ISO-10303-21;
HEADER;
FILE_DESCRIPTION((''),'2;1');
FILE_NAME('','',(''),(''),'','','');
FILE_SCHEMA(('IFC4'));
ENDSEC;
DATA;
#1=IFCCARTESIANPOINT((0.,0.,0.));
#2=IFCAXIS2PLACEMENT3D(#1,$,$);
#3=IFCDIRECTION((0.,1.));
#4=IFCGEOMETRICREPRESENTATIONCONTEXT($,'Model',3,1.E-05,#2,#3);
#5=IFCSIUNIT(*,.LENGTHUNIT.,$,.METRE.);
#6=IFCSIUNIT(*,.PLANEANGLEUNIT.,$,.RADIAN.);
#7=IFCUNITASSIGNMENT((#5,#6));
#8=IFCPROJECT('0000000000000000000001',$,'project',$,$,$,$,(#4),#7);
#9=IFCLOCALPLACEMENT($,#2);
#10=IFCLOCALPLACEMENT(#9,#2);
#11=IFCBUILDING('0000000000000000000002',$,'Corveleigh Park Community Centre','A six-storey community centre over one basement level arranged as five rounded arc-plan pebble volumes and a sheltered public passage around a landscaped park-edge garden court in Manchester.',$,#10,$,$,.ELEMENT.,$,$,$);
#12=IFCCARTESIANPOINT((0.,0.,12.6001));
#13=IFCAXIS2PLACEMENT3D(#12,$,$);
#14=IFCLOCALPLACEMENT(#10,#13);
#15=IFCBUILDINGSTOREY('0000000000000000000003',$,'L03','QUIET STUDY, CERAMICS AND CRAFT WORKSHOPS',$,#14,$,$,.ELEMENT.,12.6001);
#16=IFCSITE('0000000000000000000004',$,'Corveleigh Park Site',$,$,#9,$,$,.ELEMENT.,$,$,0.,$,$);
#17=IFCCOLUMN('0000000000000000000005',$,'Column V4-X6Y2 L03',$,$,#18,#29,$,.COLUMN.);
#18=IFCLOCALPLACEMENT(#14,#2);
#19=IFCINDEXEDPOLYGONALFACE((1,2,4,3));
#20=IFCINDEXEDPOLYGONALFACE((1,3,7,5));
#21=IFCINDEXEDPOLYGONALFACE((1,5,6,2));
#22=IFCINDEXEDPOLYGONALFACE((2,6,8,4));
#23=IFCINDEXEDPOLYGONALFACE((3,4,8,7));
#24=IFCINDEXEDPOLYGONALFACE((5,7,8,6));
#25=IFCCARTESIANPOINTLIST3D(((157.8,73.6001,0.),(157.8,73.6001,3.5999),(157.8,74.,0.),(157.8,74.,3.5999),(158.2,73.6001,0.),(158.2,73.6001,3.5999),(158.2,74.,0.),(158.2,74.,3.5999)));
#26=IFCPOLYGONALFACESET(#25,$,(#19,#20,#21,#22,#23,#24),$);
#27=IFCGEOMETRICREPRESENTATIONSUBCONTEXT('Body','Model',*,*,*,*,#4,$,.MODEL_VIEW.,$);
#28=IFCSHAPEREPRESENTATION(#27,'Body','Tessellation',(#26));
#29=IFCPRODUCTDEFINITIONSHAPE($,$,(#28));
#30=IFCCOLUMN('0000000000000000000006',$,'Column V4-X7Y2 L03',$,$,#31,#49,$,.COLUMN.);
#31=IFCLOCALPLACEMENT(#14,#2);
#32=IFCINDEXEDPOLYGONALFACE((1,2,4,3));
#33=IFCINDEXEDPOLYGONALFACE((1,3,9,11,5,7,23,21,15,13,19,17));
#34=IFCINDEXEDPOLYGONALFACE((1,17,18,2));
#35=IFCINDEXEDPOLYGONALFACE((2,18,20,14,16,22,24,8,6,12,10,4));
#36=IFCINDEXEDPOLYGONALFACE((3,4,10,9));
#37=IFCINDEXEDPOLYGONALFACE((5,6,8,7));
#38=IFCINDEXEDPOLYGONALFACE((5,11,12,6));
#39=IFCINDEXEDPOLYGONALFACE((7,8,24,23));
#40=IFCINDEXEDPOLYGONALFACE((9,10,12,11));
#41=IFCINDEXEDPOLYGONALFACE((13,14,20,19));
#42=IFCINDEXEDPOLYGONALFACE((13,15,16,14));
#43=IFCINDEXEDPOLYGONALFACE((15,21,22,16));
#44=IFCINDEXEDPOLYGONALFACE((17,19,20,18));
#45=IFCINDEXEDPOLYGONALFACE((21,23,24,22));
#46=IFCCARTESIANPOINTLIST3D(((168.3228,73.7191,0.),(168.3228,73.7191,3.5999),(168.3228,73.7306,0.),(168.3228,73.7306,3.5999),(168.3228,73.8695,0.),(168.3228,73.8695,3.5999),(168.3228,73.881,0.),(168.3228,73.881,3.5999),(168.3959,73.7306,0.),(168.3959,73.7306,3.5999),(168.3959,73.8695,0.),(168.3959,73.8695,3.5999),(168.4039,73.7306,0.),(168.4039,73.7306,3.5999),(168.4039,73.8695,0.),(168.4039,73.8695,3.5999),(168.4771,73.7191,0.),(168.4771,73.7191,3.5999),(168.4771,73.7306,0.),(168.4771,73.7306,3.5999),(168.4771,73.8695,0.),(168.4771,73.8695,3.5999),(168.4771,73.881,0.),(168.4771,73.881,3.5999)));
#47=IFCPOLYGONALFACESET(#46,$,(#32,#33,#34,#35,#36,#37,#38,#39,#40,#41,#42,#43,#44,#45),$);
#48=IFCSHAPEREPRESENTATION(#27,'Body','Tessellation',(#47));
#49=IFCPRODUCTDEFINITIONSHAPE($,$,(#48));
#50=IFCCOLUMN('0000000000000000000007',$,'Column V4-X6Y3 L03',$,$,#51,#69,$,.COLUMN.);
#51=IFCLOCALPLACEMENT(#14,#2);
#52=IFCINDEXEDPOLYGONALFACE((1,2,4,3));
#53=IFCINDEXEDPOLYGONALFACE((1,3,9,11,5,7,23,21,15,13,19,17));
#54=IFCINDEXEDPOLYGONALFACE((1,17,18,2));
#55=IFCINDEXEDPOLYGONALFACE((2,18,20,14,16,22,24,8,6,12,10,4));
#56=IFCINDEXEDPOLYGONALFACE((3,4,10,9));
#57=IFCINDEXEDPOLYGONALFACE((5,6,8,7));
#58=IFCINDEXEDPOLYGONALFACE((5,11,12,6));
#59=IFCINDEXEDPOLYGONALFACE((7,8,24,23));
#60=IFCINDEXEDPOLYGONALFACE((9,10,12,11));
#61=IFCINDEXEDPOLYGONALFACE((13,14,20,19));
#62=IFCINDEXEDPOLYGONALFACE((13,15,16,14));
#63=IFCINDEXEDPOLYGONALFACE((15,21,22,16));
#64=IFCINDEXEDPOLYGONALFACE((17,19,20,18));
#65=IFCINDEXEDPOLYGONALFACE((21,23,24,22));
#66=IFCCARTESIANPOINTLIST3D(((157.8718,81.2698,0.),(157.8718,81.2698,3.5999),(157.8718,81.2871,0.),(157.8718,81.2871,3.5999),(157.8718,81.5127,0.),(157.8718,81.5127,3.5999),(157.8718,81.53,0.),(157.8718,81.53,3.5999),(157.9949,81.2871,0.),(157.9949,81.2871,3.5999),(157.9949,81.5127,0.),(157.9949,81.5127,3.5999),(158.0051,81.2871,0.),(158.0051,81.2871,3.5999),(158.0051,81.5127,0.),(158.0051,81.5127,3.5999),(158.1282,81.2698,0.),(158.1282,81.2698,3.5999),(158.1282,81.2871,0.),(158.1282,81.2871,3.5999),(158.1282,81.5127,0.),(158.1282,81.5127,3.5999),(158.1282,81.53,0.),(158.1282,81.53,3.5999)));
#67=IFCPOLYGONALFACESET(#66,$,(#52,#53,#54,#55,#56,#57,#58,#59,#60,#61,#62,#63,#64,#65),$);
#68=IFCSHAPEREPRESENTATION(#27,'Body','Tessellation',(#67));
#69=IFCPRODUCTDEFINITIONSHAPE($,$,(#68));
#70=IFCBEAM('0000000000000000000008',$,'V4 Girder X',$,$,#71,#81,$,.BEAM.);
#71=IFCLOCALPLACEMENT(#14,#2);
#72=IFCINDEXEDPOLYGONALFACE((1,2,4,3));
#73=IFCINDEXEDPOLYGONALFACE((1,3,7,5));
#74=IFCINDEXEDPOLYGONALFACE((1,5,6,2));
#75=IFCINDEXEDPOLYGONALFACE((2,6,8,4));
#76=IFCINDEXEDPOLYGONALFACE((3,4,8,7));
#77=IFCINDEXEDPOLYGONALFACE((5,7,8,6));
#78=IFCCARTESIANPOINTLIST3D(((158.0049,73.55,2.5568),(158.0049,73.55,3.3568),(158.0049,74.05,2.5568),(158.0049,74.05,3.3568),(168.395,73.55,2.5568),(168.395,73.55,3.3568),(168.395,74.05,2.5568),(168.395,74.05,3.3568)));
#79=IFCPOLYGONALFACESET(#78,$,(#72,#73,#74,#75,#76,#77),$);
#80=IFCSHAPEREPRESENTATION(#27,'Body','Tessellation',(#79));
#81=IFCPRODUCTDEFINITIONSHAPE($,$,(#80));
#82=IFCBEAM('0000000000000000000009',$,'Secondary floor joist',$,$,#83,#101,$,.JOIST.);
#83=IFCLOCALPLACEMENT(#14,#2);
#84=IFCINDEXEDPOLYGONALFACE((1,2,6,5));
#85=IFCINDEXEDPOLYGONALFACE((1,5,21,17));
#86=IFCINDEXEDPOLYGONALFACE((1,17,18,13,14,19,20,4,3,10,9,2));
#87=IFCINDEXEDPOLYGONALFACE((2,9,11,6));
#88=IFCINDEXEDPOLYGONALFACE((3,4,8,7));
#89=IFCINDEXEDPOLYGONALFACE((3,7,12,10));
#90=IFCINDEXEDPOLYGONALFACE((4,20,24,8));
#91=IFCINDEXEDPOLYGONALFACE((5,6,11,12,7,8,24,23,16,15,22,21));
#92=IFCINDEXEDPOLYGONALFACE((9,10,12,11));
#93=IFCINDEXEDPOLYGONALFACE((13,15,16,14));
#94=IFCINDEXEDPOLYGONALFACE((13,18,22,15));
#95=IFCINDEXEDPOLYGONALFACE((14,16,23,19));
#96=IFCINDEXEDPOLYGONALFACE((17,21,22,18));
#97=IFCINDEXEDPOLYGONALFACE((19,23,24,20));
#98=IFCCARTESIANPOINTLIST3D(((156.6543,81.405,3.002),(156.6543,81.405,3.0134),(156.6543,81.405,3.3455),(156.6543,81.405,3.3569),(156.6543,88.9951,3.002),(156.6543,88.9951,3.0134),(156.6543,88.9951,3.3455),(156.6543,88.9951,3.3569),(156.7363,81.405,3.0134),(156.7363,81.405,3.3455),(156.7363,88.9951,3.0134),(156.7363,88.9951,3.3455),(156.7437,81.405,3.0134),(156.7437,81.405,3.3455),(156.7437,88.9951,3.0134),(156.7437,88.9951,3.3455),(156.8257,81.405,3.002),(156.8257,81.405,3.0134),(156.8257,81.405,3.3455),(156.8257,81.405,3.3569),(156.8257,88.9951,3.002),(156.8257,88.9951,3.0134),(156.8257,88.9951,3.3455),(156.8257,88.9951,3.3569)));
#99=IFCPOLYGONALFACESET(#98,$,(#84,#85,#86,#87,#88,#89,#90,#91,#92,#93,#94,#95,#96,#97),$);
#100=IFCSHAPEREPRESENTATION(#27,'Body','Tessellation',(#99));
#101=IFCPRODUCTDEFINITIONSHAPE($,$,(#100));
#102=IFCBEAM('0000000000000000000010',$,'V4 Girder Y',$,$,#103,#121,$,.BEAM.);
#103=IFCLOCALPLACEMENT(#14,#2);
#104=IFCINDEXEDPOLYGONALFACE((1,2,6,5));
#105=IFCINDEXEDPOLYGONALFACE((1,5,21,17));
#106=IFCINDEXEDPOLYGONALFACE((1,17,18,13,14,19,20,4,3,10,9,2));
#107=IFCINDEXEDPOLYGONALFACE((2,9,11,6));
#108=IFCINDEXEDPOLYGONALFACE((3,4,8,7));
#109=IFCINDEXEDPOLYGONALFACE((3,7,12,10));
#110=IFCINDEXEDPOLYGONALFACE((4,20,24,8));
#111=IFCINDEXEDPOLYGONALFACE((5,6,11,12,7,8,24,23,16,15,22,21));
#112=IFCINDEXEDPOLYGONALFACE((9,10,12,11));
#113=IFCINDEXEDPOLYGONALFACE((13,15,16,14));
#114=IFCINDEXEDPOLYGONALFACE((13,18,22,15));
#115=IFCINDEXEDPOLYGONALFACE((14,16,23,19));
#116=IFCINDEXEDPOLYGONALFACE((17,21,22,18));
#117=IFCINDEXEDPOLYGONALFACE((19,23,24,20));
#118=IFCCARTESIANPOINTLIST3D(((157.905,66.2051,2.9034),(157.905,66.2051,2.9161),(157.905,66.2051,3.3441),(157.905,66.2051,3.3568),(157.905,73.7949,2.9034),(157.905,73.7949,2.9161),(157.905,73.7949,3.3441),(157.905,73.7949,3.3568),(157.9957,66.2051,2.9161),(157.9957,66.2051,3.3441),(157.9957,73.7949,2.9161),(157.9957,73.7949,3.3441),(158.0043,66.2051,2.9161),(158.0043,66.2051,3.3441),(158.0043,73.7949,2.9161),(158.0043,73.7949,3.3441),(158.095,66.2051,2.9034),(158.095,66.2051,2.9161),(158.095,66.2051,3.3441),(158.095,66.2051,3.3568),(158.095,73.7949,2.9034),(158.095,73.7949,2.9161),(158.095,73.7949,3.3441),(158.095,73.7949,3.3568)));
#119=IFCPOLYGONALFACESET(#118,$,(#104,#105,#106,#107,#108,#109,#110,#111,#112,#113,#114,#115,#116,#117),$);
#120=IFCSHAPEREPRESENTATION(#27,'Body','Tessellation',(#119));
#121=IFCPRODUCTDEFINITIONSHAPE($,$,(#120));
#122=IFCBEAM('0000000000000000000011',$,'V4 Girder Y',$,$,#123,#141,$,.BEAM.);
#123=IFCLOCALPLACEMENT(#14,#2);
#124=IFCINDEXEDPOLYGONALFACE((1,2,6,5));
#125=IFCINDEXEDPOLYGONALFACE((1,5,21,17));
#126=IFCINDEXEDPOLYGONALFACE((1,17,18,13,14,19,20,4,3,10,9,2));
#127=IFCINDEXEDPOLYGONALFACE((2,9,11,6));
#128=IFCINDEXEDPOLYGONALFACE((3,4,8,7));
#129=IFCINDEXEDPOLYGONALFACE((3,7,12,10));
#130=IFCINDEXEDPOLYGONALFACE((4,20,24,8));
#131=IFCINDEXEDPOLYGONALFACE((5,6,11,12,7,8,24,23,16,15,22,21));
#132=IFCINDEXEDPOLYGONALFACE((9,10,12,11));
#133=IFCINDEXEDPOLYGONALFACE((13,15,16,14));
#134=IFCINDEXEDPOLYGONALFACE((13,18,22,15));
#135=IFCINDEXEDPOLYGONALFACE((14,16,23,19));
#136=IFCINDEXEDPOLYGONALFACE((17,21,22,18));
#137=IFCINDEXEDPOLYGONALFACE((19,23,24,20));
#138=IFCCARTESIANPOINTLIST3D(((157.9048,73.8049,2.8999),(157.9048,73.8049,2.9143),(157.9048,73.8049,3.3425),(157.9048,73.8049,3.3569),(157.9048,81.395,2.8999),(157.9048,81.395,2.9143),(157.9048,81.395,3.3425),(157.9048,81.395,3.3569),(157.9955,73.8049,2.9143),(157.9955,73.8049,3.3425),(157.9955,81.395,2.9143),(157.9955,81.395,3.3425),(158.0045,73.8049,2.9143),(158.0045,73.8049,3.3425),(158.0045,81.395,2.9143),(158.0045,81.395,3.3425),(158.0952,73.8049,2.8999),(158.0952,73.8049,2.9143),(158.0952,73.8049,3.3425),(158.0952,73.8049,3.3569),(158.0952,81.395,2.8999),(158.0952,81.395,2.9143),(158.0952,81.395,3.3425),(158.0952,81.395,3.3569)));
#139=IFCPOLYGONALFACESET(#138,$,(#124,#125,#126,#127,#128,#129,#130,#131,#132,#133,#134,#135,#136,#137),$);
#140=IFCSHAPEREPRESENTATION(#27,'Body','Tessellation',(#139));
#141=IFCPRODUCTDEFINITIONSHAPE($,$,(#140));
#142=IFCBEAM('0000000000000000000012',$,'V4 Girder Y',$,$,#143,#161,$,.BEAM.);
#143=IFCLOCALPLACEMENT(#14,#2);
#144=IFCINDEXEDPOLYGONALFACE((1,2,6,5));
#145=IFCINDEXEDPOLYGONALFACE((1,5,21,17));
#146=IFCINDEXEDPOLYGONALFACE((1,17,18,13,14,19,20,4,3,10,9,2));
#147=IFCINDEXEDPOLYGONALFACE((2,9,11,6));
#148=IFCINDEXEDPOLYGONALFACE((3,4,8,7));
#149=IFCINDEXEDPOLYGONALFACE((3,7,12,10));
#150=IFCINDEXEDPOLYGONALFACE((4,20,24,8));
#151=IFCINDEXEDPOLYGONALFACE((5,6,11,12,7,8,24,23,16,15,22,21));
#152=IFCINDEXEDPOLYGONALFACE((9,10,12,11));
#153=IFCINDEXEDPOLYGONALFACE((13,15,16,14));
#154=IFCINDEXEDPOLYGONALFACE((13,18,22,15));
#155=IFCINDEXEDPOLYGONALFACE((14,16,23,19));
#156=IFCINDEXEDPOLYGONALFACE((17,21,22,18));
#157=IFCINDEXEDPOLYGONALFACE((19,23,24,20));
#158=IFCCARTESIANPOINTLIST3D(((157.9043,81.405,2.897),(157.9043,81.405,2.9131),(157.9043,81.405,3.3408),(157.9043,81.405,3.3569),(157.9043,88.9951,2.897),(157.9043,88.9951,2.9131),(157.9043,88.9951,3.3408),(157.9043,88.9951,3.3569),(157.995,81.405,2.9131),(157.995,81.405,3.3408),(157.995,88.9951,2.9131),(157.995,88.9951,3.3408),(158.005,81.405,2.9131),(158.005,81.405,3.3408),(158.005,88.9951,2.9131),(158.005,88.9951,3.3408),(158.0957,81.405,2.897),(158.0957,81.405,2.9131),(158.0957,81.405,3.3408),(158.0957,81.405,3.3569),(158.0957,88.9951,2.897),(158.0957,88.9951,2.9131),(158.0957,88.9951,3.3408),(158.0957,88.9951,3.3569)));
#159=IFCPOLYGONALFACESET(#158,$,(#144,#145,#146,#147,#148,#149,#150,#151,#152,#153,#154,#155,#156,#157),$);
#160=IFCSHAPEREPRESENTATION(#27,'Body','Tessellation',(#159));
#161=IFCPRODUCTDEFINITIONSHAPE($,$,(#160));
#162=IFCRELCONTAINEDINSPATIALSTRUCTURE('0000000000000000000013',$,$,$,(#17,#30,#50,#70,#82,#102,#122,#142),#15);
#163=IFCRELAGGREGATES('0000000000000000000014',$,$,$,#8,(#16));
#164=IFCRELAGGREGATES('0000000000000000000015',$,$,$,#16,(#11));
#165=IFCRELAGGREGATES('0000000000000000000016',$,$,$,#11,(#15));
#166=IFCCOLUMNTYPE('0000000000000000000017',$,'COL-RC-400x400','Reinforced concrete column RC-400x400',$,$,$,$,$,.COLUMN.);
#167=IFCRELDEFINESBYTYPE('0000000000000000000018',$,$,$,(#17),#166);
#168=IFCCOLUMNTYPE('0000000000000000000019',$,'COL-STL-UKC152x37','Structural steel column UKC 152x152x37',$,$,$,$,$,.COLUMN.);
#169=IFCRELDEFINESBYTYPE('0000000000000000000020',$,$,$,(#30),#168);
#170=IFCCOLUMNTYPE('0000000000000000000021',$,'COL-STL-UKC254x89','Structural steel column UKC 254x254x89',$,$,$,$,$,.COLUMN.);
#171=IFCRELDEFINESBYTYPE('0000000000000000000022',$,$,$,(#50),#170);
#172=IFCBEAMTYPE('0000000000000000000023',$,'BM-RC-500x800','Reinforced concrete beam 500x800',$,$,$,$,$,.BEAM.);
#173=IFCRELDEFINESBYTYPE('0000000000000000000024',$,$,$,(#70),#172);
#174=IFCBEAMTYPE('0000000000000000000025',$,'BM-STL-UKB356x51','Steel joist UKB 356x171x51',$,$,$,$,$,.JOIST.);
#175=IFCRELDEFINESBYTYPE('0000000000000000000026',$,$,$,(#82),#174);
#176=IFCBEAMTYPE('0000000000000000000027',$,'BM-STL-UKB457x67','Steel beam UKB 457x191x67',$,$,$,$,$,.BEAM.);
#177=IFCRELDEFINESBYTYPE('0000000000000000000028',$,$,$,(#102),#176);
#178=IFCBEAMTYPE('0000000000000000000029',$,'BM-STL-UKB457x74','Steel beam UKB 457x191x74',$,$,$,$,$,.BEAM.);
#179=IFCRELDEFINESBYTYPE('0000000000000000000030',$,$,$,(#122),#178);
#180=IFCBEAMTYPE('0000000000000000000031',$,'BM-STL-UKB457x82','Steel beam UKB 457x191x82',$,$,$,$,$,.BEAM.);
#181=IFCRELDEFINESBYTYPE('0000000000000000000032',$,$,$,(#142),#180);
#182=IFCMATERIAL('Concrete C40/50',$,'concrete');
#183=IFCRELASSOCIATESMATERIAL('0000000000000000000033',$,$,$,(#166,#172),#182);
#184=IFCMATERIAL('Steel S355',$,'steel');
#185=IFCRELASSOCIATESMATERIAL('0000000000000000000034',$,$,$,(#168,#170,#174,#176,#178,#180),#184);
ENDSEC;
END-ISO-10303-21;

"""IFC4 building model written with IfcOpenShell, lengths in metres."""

from ifc_helpers import new_model, si_unit, direction, frame, origin, origin_2d, place, context, subcontext, project, spatial, rectangle, i_section, extrude, material, material_profile, profile_set, type_object, element, save


model = new_model("IFC4")

# Units and contexts
model_context = context("Model", 3, precision=1e-05, world=origin(), true_north=direction((0.0, 1.0)))
body_context = subcontext(model_context, "Body", "Model", "MODEL_VIEW")
ifc_project = project(units=[si_unit("LENGTHUNIT", "METRE"), si_unit("PLANEANGLEUNIT", "RADIAN")], contexts=[model_context])

# Site, building, storey
site_placement = place(None, origin())
site = spatial("IfcSite", under=ifc_project, at=site_placement, Name="Corveleigh Park Site", CompositionType="ELEMENT", RefElevation=0.0)
building_placement = place(site_placement, origin())
building = spatial("IfcBuilding", under=site, at=building_placement, Name="Corveleigh Park Community Centre", Description="A six-storey community centre over one basement level arranged as five rounded arc-plan pebble volumes and a sheltered public passage around a landscaped park-edge garden court in Manchester.", CompositionType="ELEMENT")
storey_placement = place(building_placement, frame((0.0, 0.0, 12.6001)))
storey = spatial("IfcBuildingStorey", under=building, at=storey_placement, Name="L03", Description="QUIET STUDY, CERAMICS AND CRAFT WORKSHOPS", CompositionType="ELEMENT", Elevation=12.6001)

# Columns
ifc_material_1 = material(Name="Concrete C40/50", Category="concrete")
ifc_material_profile_1 = material_profile(ifc_material_1, rectangle(XDim=0.3999, YDim=0.3999, at=origin_2d()), Name="RC-400x400", Category="concrete")
ifc_profile_set_1 = profile_set([ifc_material_profile_1], Name="Concrete C40/50")
column_type_1 = type_object("IfcColumnType", Name="COL-RC-400x400", Description="Reinforced concrete column RC-400x400", PredefinedType="COLUMN", material=ifc_profile_set_1)
column_1_placement = place(storey_placement, frame((158.0, 73.8, 0.0), z_axis=(0.0, 0.0, 1.0), x_axis=(1.0, 0.0, 0.0)))
element("IfcColumn", 1, at=column_1_placement, inside=storey, type_object=column_type_1, Name="Column V4-X6Y2 L03", PredefinedType="COLUMN", context=body_context, shape_type="SweptSolid", body=[
    extrude(rectangle(XDim=0.3999, YDim=0.3999, at=origin_2d()), origin(), (0.0, 0.0, 1.0), 3.5999),
])
ifc_material_2 = material(Name="Steel S355", Category="steel")
ifc_material_profile_2 = material_profile(ifc_material_2, i_section(OverallWidth=0.1543, OverallDepth=0.1619, WebThickness=0.0081, FlangeThickness=0.0115, at=origin_2d()), Name="UKC 152x152x37", Category="steel")
ifc_profile_set_2 = profile_set([ifc_material_profile_2], Name="Steel S355")
column_type_2 = type_object("IfcColumnType", Name="COL-STL-UKC152x37", Description="Structural steel column UKC 152x152x37", PredefinedType="COLUMN", material=ifc_profile_set_2)
column_2_placement = place(storey_placement, frame((168.3999, 73.8, 0.0), z_axis=(0.0, 0.0, 1.0), x_axis=(1.0, 0.0, 0.0)))
element("IfcColumn", 2, at=column_2_placement, inside=storey, type_object=column_type_2, Name="Column V4-X7Y2 L03", PredefinedType="COLUMN", context=body_context, shape_type="SweptSolid", body=[
    extrude(i_section(OverallWidth=0.1543, OverallDepth=0.1619, WebThickness=0.0081, FlangeThickness=0.0115, at=origin_2d()), origin(), (0.0, 0.0, 1.0), 3.5999),
])
ifc_material_profile_3 = material_profile(ifc_material_2, i_section(OverallWidth=0.2563, OverallDepth=0.2603, WebThickness=0.0103, FlangeThickness=0.0173, at=origin_2d()), Name="UKC 254x254x89", Category="steel")
ifc_profile_set_3 = profile_set([ifc_material_profile_3], Name="Steel S355")
column_type_3 = type_object("IfcColumnType", Name="COL-STL-UKC254x89", Description="Structural steel column UKC 254x254x89", PredefinedType="COLUMN", material=ifc_profile_set_3)
column_3_placement = place(storey_placement, frame((158.0, 81.3999, 0.0), z_axis=(0.0, 0.0, 1.0), x_axis=(1.0, 0.0, 0.0)))
element("IfcColumn", 3, at=column_3_placement, inside=storey, type_object=column_type_3, Name="Column V4-X6Y3 L03", PredefinedType="COLUMN", context=body_context, shape_type="SweptSolid", body=[
    extrude(i_section(OverallWidth=0.2563, OverallDepth=0.2603, WebThickness=0.0103, FlangeThickness=0.0173, at=origin_2d()), origin(), (0.0, 0.0, 1.0), 3.5999),
])

# Beams
ifc_material_profile_4 = material_profile(ifc_material_1, rectangle(XDim=0.5, YDim=0.8, at=origin_2d()), Name="RC-500x800", Category="concrete")
ifc_profile_set_4 = profile_set([ifc_material_profile_4], Name="Concrete C40/50")
beam_type_1 = type_object("IfcBeamType", Name="BM-RC-500x800", Description="Reinforced concrete beam 500x800", PredefinedType="BEAM", material=ifc_profile_set_4)
beam_1_placement = place(storey_placement, frame((158.0049, 73.8, 2.9568), z_axis=(1.0, 0.0, 0.0), x_axis=(0.0, 1.0, 0.0)))
element("IfcBeam", 4, at=beam_1_placement, inside=storey, type_object=beam_type_1, Name="V4 Girder X", PredefinedType="BEAM", context=body_context, shape_type="SweptSolid", body=[
    extrude(rectangle(XDim=0.5, YDim=0.8, at=origin_2d()), origin(), (0.0, 0.0, 1.0), 10.3901),
])
ifc_material_profile_5 = material_profile(ifc_material_2, i_section(OverallWidth=0.1714, OverallDepth=0.355, WebThickness=0.0073, FlangeThickness=0.0115, at=origin_2d()), Name="UKB 356x171x51", Category="steel")
ifc_profile_set_5 = profile_set([ifc_material_profile_5], Name="Steel S355")
beam_type_2 = type_object("IfcBeamType", Name="BM-STL-UKB356x51", Description="Steel joist UKB 356x171x51", PredefinedType="JOIST", material=ifc_profile_set_5)
beam_2_placement = place(storey_placement, frame((156.74, 81.405, 3.1794), z_axis=(0.0, 1.0, 0.0), x_axis=(-1.0, 0.0, 0.0)))
element("IfcBeam", 5, at=beam_2_placement, inside=storey, type_object=beam_type_2, Name="Secondary floor joist", PredefinedType="JOIST", context=body_context, shape_type="SweptSolid", body=[
    extrude(i_section(OverallWidth=0.1714, OverallDepth=0.355, WebThickness=0.0073, FlangeThickness=0.0115, at=origin_2d()), origin(), (0.0, 0.0, 1.0), 7.5901),
])
ifc_material_profile_6 = material_profile(ifc_material_2, i_section(OverallWidth=0.1899, OverallDepth=0.4534, WebThickness=0.0085, FlangeThickness=0.0127, at=origin_2d()), Name="UKB 457x191x67", Category="steel")
ifc_profile_set_6 = profile_set([ifc_material_profile_6], Name="Steel S355")
beam_type_3 = type_object("IfcBeamType", Name="BM-STL-UKB457x67", Description="Steel beam UKB 457x191x67", PredefinedType="BEAM", material=ifc_profile_set_6)
beam_3_placement = place(storey_placement, frame((158.0, 66.2051, 3.1301), z_axis=(0.0, 1.0, 0.0), x_axis=(-1.0, 0.0, 0.0)))
element("IfcBeam", 6, at=beam_3_placement, inside=storey, type_object=beam_type_3, Name="V4 Girder Y", PredefinedType="BEAM", context=body_context, shape_type="SweptSolid", body=[
    extrude(i_section(OverallWidth=0.1899, OverallDepth=0.4534, WebThickness=0.0085, FlangeThickness=0.0127, at=origin_2d()), origin(), (0.0, 0.0, 1.0), 7.5898),
])
ifc_material_profile_7 = material_profile(ifc_material_2, i_section(OverallWidth=0.1904, OverallDepth=0.457, WebThickness=0.009, FlangeThickness=0.0144, at=origin_2d()), Name="UKB 457x191x74", Category="steel")
ifc_profile_set_7 = profile_set([ifc_material_profile_7], Name="Steel S355")
beam_type_4 = type_object("IfcBeamType", Name="BM-STL-UKB457x74", Description="Steel beam UKB 457x191x74", PredefinedType="BEAM", material=ifc_profile_set_7)
beam_4_placement = place(storey_placement, frame((158.0, 73.8049, 3.1284), z_axis=(0.0, 1.0, 0.0), x_axis=(-1.0, 0.0, 0.0)))
element("IfcBeam", 7, at=beam_4_placement, inside=storey, type_object=beam_type_4, Name="V4 Girder Y", PredefinedType="BEAM", context=body_context, shape_type="SweptSolid", body=[
    extrude(i_section(OverallWidth=0.1904, OverallDepth=0.457, WebThickness=0.009, FlangeThickness=0.0144, at=origin_2d()), origin(), (0.0, 0.0, 1.0), 7.5901),
])
ifc_material_profile_8 = material_profile(ifc_material_2, i_section(OverallWidth=0.1914, OverallDepth=0.46, WebThickness=0.01, FlangeThickness=0.0161, at=origin_2d()), Name="UKB 457x191x82", Category="steel")
ifc_profile_set_8 = profile_set([ifc_material_profile_8], Name="Steel S355")
beam_type_5 = type_object("IfcBeamType", Name="BM-STL-UKB457x82", Description="Steel beam UKB 457x191x82", PredefinedType="BEAM", material=ifc_profile_set_8)
beam_5_placement = place(storey_placement, frame((158.0, 81.405, 3.127), z_axis=(0.0, 1.0, 0.0), x_axis=(-1.0, 0.0, 0.0)))
element("IfcBeam", 8, at=beam_5_placement, inside=storey, type_object=beam_type_5, Name="V4 Girder Y", PredefinedType="BEAM", context=body_context, shape_type="SweptSolid", body=[
    extrude(i_section(OverallWidth=0.1914, OverallDepth=0.46, WebThickness=0.01, FlangeThickness=0.0161, at=origin_2d()), origin(), (0.0, 0.0, 1.0), 7.5901),
])

save(model, "model.ifc")
